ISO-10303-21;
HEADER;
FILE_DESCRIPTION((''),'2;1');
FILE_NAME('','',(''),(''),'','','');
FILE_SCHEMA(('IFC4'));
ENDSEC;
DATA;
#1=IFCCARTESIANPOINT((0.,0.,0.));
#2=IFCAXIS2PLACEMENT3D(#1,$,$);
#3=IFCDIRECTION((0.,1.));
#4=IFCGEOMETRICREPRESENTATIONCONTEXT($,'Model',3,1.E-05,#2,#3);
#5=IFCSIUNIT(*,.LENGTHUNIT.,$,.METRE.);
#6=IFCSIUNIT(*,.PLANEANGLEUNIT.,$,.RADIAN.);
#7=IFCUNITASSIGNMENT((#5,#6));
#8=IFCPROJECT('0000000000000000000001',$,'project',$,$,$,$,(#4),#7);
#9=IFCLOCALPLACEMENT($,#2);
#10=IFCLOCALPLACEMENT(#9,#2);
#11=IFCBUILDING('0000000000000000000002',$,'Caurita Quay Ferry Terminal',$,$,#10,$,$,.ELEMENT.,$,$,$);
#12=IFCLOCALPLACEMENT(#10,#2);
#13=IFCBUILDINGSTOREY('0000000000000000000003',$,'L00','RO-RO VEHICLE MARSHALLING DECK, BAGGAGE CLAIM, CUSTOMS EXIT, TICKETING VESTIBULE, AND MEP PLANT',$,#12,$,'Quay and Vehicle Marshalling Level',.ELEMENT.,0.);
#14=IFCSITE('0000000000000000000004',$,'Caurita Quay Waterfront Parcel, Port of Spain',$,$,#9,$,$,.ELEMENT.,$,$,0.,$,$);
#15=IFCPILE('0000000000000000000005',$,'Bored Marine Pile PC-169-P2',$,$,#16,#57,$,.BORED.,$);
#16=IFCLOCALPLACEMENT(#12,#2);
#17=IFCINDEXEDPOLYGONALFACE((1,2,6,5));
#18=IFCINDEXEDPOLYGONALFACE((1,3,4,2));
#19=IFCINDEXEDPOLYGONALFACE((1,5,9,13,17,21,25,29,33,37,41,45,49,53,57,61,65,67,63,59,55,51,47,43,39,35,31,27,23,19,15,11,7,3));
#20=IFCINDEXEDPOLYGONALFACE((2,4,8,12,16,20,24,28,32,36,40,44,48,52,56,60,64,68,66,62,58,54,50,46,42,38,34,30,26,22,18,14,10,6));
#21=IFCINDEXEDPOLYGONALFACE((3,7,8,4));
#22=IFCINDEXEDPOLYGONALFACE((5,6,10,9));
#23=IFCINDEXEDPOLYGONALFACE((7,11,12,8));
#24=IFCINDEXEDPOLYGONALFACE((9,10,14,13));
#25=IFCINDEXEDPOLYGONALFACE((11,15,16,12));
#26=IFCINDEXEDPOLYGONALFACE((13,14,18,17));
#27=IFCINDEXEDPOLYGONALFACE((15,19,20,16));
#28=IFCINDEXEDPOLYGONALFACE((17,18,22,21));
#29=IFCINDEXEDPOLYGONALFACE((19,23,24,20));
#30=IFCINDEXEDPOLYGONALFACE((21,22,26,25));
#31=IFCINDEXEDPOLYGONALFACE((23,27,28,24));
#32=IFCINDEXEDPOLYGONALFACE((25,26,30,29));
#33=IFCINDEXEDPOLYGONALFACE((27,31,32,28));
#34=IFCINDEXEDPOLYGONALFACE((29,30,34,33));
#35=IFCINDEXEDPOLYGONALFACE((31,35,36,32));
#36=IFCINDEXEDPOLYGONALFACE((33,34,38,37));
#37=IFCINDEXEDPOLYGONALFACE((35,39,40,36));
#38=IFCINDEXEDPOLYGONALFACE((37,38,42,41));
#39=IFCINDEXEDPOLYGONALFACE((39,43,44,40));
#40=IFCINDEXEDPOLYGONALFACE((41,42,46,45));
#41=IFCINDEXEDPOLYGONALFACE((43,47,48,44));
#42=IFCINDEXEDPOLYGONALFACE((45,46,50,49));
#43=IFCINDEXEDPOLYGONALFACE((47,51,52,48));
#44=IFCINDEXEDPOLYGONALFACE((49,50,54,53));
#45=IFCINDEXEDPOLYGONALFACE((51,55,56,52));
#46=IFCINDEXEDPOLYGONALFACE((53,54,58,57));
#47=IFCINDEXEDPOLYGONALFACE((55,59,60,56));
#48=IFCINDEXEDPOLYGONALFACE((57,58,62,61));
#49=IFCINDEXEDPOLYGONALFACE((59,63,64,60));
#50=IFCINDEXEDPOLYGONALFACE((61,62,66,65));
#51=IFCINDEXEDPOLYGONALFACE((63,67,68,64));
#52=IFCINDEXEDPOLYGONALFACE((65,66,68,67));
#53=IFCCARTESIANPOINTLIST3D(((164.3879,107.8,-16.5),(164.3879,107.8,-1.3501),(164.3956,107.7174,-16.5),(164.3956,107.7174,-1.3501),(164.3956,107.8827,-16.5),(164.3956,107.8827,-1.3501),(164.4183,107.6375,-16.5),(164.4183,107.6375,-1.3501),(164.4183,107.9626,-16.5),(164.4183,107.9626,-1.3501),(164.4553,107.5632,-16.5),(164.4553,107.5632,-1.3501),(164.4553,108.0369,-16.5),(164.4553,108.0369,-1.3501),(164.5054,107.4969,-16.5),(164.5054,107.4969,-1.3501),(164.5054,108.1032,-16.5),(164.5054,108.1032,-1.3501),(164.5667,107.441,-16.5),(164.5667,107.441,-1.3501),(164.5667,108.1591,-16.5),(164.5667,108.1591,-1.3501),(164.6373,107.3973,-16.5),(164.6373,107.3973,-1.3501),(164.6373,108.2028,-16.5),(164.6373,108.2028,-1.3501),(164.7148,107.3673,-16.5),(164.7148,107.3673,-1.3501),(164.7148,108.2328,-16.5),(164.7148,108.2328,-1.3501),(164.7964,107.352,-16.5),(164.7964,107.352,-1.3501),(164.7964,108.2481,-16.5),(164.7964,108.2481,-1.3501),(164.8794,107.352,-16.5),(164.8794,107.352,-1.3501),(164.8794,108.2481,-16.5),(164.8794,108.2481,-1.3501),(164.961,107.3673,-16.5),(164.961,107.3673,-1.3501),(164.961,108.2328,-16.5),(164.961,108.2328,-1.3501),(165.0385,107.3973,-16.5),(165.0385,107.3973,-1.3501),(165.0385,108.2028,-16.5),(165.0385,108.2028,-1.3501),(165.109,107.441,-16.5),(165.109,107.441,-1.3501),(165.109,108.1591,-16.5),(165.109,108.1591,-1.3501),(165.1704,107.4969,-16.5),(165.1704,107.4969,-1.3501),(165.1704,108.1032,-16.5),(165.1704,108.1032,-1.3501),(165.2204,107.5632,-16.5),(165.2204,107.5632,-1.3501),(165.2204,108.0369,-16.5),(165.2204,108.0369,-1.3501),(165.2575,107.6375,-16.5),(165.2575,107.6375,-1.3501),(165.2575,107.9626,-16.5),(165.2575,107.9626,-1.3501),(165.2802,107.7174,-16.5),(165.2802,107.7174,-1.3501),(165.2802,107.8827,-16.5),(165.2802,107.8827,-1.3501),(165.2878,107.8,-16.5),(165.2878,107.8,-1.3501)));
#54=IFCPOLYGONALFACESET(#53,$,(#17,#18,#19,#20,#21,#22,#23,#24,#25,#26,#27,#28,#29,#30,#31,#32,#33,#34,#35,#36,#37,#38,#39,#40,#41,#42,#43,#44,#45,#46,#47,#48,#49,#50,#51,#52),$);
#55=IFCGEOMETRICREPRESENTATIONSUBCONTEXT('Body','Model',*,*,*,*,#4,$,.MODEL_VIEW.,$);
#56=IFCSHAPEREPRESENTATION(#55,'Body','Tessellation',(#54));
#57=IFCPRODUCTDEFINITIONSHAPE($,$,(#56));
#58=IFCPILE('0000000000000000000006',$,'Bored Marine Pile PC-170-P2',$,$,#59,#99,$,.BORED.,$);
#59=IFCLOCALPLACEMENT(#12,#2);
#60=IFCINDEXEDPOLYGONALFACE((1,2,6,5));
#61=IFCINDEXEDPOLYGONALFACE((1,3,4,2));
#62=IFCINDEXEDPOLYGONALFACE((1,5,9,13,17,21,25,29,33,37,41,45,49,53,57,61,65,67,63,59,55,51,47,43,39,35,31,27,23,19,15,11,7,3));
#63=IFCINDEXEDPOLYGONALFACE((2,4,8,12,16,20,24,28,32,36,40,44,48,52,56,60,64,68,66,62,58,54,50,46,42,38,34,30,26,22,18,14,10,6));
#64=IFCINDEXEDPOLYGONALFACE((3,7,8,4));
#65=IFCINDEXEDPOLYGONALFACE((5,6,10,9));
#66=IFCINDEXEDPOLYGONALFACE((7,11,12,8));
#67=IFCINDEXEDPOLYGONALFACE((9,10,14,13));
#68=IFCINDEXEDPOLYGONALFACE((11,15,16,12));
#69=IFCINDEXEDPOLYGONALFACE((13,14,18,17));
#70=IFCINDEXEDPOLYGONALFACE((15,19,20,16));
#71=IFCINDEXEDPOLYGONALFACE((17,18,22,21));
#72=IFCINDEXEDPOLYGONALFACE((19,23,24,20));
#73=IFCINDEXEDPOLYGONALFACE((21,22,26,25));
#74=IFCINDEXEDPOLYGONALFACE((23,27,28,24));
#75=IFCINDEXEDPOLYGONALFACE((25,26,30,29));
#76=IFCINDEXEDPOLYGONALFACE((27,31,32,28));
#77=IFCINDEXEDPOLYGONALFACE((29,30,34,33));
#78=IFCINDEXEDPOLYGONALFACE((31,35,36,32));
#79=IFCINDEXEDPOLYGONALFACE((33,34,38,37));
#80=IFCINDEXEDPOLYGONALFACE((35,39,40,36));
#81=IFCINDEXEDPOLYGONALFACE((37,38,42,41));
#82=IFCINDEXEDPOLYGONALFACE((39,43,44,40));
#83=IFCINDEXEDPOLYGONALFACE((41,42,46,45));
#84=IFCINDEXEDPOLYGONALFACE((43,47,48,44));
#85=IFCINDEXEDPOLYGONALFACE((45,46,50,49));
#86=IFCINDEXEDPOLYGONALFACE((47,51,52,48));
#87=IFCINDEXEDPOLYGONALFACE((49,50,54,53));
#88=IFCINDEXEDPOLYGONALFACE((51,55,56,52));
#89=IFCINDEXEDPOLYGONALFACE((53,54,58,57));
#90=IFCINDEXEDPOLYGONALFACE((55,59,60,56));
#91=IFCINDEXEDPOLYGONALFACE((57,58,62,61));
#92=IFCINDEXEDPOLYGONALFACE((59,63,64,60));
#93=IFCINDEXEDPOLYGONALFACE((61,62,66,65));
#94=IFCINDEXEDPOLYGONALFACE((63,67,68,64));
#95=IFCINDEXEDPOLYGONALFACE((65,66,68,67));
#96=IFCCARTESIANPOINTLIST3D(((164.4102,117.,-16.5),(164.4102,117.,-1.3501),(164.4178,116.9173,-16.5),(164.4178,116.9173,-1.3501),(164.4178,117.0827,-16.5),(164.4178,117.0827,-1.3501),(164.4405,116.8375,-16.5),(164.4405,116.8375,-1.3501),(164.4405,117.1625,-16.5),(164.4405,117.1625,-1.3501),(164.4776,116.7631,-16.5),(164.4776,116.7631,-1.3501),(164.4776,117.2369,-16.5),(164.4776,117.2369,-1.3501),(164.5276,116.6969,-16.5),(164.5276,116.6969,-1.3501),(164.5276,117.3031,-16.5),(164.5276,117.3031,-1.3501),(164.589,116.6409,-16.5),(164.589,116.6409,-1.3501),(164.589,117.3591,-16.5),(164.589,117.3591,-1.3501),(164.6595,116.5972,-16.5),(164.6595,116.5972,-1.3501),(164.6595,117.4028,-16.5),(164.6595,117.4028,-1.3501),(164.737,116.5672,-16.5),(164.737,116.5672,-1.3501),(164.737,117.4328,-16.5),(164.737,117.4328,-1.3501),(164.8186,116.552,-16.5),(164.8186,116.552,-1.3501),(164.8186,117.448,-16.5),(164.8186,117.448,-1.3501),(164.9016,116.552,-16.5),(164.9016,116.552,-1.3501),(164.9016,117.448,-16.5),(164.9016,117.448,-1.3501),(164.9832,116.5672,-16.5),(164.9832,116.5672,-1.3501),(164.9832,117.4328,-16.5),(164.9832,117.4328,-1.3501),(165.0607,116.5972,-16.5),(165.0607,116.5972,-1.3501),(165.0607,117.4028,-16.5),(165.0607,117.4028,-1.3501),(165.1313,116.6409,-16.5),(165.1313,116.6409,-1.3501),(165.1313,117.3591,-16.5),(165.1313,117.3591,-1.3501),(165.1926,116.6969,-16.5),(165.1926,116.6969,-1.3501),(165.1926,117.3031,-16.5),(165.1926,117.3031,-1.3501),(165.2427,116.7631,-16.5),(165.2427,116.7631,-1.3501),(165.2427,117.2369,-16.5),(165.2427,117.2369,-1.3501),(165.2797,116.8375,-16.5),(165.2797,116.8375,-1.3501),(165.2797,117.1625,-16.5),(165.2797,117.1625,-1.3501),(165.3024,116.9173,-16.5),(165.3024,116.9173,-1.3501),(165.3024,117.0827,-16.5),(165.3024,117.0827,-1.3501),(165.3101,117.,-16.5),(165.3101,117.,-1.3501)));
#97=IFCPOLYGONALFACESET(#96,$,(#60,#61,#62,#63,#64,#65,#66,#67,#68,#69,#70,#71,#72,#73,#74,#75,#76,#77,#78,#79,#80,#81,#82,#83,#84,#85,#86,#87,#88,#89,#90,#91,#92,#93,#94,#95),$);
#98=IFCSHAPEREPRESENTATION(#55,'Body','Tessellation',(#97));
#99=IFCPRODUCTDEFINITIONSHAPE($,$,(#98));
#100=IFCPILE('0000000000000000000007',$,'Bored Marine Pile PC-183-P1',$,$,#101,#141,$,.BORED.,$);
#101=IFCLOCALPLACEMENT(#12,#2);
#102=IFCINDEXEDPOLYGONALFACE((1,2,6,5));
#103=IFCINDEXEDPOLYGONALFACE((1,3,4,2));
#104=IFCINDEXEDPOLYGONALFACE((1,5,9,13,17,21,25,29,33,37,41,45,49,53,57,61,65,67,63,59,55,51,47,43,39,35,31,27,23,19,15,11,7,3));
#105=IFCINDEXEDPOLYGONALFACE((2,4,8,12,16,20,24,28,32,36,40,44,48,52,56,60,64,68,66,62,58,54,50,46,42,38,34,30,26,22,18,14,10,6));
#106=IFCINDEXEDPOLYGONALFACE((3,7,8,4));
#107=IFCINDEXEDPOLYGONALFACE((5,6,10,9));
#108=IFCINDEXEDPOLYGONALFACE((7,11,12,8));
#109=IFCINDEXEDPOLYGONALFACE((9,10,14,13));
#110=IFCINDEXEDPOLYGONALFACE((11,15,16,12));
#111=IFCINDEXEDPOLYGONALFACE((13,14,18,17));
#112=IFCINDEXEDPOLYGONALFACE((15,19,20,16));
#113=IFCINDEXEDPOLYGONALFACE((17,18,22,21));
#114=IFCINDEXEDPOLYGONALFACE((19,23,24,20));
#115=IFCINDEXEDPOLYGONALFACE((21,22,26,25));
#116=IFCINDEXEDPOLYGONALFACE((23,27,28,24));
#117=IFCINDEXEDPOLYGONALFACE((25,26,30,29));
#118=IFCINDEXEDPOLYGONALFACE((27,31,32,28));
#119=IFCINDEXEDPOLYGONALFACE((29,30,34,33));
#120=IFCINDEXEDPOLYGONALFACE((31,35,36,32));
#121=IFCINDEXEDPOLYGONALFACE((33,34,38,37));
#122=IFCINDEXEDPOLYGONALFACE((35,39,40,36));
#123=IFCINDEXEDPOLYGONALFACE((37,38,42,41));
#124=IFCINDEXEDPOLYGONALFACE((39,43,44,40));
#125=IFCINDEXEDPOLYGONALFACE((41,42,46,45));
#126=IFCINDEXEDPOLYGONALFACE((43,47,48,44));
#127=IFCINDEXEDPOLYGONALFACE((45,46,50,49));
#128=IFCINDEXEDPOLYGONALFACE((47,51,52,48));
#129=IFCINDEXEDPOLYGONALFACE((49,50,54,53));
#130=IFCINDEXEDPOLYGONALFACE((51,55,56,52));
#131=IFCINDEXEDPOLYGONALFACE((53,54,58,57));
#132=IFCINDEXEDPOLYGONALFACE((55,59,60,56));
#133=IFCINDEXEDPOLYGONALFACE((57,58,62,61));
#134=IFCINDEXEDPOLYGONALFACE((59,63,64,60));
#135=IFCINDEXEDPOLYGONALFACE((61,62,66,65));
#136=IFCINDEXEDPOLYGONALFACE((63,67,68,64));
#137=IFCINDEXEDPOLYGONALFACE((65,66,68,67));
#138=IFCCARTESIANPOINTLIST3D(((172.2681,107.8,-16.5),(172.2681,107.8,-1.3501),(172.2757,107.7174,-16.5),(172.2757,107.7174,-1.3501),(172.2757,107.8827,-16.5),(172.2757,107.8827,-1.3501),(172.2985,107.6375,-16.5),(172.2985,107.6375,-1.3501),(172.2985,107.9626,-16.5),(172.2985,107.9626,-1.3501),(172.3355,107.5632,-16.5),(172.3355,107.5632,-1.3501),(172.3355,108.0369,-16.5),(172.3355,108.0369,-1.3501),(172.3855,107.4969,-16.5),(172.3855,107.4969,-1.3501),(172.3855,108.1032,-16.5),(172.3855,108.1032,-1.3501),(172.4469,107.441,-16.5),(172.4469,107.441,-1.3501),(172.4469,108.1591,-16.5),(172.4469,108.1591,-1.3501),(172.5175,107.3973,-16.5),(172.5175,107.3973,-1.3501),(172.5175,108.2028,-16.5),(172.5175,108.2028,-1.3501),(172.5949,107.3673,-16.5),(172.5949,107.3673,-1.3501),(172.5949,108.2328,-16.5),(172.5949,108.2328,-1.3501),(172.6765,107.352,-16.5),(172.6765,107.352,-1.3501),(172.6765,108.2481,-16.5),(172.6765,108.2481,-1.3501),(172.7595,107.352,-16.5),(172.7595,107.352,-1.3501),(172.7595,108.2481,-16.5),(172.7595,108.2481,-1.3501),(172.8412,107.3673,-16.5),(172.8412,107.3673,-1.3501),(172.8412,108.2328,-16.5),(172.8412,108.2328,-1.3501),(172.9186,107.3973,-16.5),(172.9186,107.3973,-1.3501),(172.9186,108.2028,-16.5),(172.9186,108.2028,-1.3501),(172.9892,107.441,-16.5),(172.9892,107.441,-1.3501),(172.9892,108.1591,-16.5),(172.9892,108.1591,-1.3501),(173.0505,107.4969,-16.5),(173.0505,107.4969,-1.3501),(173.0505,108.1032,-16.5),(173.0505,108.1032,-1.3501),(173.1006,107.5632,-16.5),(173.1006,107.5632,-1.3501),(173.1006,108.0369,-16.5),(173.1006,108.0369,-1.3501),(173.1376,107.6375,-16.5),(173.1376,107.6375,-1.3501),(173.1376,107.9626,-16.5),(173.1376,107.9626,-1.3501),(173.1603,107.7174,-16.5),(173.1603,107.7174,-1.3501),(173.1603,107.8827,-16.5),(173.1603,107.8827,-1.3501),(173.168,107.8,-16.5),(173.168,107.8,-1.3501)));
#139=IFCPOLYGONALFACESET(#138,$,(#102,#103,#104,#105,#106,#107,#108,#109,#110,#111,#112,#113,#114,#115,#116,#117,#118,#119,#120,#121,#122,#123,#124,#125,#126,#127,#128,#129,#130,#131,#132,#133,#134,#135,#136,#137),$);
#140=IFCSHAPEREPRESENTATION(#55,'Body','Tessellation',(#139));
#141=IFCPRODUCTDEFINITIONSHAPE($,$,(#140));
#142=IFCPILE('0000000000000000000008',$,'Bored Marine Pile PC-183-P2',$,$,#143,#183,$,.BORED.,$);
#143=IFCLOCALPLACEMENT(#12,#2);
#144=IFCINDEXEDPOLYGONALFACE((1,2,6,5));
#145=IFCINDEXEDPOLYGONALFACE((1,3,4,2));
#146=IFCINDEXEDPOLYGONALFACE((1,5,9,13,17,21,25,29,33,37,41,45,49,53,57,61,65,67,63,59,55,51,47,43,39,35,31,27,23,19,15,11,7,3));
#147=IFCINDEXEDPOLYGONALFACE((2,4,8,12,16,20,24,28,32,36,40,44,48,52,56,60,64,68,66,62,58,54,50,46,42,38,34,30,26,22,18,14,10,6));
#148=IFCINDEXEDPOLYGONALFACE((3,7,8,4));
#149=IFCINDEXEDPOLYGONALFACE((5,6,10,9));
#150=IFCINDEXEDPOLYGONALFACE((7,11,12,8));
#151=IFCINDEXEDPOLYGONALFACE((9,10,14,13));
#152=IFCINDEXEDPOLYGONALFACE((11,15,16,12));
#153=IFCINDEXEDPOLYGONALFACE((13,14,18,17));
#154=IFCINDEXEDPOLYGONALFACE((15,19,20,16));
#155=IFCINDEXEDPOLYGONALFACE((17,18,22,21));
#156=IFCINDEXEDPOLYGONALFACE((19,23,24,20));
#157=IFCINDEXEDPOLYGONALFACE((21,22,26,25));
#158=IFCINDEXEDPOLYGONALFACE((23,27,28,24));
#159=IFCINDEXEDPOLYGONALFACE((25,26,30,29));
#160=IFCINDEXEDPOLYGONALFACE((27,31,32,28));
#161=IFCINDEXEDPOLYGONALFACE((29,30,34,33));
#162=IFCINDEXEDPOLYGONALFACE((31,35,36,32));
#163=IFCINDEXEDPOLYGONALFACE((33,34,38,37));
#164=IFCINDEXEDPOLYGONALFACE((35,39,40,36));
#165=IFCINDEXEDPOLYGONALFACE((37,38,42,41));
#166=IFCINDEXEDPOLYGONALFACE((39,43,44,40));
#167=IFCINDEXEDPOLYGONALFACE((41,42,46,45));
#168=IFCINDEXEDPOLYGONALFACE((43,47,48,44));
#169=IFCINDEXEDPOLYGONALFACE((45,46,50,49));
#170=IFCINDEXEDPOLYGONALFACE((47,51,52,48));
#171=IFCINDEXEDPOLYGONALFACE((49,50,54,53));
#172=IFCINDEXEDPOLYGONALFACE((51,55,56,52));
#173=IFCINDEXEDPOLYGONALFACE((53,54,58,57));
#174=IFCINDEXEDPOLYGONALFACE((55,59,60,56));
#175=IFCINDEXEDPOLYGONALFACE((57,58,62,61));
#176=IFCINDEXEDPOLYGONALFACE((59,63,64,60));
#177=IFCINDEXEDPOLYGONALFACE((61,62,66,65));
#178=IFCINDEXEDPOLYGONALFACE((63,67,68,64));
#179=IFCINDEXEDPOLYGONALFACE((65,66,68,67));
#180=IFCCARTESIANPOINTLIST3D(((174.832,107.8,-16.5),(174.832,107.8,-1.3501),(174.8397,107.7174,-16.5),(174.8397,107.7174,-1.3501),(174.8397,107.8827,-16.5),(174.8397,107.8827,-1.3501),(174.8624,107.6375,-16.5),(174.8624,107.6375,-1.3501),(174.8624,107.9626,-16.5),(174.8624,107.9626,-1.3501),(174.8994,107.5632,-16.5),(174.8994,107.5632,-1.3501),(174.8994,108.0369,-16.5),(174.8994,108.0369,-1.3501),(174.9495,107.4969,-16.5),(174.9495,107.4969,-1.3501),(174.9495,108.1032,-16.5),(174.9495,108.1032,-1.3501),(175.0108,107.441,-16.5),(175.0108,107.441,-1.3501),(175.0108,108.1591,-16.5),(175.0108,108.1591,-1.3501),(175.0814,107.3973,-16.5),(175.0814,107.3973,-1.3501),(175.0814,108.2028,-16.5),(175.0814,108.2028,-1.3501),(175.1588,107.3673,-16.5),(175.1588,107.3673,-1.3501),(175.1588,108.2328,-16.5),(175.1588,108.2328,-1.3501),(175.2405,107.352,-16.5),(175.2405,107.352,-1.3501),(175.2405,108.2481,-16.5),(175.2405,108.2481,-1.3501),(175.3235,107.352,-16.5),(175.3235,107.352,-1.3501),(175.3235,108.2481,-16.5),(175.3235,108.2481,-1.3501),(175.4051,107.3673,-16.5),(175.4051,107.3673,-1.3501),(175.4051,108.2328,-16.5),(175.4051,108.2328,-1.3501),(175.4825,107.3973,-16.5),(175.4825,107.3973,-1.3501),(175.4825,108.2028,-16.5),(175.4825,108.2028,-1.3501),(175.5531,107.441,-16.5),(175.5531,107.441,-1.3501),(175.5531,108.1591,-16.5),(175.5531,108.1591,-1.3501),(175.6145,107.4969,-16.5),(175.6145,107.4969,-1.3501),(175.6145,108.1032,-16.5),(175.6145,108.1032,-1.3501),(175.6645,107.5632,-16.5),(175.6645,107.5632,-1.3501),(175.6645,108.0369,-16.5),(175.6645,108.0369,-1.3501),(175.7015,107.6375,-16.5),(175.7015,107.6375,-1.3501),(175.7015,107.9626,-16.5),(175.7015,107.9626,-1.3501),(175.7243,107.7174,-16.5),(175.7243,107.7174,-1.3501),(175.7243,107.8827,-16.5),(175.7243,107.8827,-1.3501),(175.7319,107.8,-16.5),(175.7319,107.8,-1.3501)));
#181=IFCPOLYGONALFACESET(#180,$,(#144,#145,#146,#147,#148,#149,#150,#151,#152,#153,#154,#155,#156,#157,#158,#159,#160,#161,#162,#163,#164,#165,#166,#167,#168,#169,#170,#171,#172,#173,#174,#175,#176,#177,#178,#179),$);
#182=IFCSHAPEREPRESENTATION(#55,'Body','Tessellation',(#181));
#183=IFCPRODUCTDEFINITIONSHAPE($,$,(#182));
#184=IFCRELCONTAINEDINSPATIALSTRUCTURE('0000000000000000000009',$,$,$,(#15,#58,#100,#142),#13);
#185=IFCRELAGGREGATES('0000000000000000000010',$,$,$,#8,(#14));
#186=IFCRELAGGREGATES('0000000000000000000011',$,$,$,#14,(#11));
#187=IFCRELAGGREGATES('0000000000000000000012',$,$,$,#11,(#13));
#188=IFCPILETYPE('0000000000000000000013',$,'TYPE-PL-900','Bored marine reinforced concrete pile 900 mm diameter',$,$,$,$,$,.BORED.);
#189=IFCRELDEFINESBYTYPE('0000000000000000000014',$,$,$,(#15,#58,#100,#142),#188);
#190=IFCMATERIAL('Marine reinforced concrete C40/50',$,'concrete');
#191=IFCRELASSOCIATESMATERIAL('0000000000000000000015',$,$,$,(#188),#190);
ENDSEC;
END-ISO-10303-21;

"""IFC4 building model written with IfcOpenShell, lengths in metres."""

from ifc_helpers import new_model, si_unit, direction, frame, origin, origin_2d, place, context, subcontext, project, spatial, circle, extrude, material, material_profile, profile_set, type_object, element, save


model = new_model("IFC4")

# Units and contexts
model_context = context("Model", 3, precision=1e-05, world=origin(), true_north=direction((0.0, 1.0)))
body_context = subcontext(model_context, "Body", "Model", "MODEL_VIEW")
ifc_project = project(units=[si_unit("LENGTHUNIT", "METRE"), si_unit("PLANEANGLEUNIT", "RADIAN")], contexts=[model_context])

# Site, building, storey
site_placement = place(None, origin())
site = spatial("IfcSite", under=ifc_project, at=site_placement, Name="Caurita Quay Waterfront Parcel, Port of Spain", CompositionType="ELEMENT", RefElevation=0.0)
building_placement = place(site_placement, origin())
building = spatial("IfcBuilding", under=site, at=building_placement, Name="Caurita Quay Ferry Terminal", CompositionType="ELEMENT")
storey_placement = place(building_placement, origin())
storey = spatial("IfcBuildingStorey", under=building, at=storey_placement, Name="L00", Description="RO-RO VEHICLE MARSHALLING DECK, BAGGAGE CLAIM, CUSTOMS EXIT, TICKETING VESTIBULE, AND MEP PLANT", LongName="Quay and Vehicle Marshalling Level", CompositionType="ELEMENT", Elevation=0.0)

# Piles
ifc_material_1 = material(Name="Marine reinforced concrete C40/50", Category="concrete")
ifc_material_profile_1 = material_profile(ifc_material_1, circle(Radius=0.45, at=origin_2d()), Name="PILE-D900")
ifc_profile_set_1 = profile_set([ifc_material_profile_1], Name="Marine reinforced concrete C40/50")
pile_type = type_object("IfcPileType", Name="TYPE-PL-900", Description="Bored marine reinforced concrete pile 900 mm diameter", PredefinedType="BORED", material=ifc_profile_set_1)
for number, where, z_axis, x_axis, name in (
    (1, (164.8379, 107.8, -1.3501), (0.0, 0.0, -1.0), (1.0, 0.0, 0.0), "Bored Marine Pile PC-169-P2"),
    (2, (164.8601, 117.0, -1.3501), (0.0, 0.0, -1.0), (1.0, 0.0, 0.0), "Bored Marine Pile PC-170-P2"),
    (3, (172.718, 107.8, -1.3501), (0.0, 0.0, -1.0), (1.0, 0.0, 0.0), "Bored Marine Pile PC-183-P1"),
    (4, (175.282, 107.8, -1.3501), (0.0, 0.0, -1.0), (1.0, 0.0, 0.0), "Bored Marine Pile PC-183-P2"),
):
    element("IfcPile", number, at=place(storey_placement, frame(where, z_axis=z_axis, x_axis=x_axis)), inside=storey, type_object=pile_type, Name=name, PredefinedType="BORED", context=body_context, shape_type="SweptSolid", body=[
        extrude(circle(Radius=0.45, at=origin_2d()), origin(), (0.0, 0.0, 1.0), 15.1499),
    ])

save(model, "model.ifc")
